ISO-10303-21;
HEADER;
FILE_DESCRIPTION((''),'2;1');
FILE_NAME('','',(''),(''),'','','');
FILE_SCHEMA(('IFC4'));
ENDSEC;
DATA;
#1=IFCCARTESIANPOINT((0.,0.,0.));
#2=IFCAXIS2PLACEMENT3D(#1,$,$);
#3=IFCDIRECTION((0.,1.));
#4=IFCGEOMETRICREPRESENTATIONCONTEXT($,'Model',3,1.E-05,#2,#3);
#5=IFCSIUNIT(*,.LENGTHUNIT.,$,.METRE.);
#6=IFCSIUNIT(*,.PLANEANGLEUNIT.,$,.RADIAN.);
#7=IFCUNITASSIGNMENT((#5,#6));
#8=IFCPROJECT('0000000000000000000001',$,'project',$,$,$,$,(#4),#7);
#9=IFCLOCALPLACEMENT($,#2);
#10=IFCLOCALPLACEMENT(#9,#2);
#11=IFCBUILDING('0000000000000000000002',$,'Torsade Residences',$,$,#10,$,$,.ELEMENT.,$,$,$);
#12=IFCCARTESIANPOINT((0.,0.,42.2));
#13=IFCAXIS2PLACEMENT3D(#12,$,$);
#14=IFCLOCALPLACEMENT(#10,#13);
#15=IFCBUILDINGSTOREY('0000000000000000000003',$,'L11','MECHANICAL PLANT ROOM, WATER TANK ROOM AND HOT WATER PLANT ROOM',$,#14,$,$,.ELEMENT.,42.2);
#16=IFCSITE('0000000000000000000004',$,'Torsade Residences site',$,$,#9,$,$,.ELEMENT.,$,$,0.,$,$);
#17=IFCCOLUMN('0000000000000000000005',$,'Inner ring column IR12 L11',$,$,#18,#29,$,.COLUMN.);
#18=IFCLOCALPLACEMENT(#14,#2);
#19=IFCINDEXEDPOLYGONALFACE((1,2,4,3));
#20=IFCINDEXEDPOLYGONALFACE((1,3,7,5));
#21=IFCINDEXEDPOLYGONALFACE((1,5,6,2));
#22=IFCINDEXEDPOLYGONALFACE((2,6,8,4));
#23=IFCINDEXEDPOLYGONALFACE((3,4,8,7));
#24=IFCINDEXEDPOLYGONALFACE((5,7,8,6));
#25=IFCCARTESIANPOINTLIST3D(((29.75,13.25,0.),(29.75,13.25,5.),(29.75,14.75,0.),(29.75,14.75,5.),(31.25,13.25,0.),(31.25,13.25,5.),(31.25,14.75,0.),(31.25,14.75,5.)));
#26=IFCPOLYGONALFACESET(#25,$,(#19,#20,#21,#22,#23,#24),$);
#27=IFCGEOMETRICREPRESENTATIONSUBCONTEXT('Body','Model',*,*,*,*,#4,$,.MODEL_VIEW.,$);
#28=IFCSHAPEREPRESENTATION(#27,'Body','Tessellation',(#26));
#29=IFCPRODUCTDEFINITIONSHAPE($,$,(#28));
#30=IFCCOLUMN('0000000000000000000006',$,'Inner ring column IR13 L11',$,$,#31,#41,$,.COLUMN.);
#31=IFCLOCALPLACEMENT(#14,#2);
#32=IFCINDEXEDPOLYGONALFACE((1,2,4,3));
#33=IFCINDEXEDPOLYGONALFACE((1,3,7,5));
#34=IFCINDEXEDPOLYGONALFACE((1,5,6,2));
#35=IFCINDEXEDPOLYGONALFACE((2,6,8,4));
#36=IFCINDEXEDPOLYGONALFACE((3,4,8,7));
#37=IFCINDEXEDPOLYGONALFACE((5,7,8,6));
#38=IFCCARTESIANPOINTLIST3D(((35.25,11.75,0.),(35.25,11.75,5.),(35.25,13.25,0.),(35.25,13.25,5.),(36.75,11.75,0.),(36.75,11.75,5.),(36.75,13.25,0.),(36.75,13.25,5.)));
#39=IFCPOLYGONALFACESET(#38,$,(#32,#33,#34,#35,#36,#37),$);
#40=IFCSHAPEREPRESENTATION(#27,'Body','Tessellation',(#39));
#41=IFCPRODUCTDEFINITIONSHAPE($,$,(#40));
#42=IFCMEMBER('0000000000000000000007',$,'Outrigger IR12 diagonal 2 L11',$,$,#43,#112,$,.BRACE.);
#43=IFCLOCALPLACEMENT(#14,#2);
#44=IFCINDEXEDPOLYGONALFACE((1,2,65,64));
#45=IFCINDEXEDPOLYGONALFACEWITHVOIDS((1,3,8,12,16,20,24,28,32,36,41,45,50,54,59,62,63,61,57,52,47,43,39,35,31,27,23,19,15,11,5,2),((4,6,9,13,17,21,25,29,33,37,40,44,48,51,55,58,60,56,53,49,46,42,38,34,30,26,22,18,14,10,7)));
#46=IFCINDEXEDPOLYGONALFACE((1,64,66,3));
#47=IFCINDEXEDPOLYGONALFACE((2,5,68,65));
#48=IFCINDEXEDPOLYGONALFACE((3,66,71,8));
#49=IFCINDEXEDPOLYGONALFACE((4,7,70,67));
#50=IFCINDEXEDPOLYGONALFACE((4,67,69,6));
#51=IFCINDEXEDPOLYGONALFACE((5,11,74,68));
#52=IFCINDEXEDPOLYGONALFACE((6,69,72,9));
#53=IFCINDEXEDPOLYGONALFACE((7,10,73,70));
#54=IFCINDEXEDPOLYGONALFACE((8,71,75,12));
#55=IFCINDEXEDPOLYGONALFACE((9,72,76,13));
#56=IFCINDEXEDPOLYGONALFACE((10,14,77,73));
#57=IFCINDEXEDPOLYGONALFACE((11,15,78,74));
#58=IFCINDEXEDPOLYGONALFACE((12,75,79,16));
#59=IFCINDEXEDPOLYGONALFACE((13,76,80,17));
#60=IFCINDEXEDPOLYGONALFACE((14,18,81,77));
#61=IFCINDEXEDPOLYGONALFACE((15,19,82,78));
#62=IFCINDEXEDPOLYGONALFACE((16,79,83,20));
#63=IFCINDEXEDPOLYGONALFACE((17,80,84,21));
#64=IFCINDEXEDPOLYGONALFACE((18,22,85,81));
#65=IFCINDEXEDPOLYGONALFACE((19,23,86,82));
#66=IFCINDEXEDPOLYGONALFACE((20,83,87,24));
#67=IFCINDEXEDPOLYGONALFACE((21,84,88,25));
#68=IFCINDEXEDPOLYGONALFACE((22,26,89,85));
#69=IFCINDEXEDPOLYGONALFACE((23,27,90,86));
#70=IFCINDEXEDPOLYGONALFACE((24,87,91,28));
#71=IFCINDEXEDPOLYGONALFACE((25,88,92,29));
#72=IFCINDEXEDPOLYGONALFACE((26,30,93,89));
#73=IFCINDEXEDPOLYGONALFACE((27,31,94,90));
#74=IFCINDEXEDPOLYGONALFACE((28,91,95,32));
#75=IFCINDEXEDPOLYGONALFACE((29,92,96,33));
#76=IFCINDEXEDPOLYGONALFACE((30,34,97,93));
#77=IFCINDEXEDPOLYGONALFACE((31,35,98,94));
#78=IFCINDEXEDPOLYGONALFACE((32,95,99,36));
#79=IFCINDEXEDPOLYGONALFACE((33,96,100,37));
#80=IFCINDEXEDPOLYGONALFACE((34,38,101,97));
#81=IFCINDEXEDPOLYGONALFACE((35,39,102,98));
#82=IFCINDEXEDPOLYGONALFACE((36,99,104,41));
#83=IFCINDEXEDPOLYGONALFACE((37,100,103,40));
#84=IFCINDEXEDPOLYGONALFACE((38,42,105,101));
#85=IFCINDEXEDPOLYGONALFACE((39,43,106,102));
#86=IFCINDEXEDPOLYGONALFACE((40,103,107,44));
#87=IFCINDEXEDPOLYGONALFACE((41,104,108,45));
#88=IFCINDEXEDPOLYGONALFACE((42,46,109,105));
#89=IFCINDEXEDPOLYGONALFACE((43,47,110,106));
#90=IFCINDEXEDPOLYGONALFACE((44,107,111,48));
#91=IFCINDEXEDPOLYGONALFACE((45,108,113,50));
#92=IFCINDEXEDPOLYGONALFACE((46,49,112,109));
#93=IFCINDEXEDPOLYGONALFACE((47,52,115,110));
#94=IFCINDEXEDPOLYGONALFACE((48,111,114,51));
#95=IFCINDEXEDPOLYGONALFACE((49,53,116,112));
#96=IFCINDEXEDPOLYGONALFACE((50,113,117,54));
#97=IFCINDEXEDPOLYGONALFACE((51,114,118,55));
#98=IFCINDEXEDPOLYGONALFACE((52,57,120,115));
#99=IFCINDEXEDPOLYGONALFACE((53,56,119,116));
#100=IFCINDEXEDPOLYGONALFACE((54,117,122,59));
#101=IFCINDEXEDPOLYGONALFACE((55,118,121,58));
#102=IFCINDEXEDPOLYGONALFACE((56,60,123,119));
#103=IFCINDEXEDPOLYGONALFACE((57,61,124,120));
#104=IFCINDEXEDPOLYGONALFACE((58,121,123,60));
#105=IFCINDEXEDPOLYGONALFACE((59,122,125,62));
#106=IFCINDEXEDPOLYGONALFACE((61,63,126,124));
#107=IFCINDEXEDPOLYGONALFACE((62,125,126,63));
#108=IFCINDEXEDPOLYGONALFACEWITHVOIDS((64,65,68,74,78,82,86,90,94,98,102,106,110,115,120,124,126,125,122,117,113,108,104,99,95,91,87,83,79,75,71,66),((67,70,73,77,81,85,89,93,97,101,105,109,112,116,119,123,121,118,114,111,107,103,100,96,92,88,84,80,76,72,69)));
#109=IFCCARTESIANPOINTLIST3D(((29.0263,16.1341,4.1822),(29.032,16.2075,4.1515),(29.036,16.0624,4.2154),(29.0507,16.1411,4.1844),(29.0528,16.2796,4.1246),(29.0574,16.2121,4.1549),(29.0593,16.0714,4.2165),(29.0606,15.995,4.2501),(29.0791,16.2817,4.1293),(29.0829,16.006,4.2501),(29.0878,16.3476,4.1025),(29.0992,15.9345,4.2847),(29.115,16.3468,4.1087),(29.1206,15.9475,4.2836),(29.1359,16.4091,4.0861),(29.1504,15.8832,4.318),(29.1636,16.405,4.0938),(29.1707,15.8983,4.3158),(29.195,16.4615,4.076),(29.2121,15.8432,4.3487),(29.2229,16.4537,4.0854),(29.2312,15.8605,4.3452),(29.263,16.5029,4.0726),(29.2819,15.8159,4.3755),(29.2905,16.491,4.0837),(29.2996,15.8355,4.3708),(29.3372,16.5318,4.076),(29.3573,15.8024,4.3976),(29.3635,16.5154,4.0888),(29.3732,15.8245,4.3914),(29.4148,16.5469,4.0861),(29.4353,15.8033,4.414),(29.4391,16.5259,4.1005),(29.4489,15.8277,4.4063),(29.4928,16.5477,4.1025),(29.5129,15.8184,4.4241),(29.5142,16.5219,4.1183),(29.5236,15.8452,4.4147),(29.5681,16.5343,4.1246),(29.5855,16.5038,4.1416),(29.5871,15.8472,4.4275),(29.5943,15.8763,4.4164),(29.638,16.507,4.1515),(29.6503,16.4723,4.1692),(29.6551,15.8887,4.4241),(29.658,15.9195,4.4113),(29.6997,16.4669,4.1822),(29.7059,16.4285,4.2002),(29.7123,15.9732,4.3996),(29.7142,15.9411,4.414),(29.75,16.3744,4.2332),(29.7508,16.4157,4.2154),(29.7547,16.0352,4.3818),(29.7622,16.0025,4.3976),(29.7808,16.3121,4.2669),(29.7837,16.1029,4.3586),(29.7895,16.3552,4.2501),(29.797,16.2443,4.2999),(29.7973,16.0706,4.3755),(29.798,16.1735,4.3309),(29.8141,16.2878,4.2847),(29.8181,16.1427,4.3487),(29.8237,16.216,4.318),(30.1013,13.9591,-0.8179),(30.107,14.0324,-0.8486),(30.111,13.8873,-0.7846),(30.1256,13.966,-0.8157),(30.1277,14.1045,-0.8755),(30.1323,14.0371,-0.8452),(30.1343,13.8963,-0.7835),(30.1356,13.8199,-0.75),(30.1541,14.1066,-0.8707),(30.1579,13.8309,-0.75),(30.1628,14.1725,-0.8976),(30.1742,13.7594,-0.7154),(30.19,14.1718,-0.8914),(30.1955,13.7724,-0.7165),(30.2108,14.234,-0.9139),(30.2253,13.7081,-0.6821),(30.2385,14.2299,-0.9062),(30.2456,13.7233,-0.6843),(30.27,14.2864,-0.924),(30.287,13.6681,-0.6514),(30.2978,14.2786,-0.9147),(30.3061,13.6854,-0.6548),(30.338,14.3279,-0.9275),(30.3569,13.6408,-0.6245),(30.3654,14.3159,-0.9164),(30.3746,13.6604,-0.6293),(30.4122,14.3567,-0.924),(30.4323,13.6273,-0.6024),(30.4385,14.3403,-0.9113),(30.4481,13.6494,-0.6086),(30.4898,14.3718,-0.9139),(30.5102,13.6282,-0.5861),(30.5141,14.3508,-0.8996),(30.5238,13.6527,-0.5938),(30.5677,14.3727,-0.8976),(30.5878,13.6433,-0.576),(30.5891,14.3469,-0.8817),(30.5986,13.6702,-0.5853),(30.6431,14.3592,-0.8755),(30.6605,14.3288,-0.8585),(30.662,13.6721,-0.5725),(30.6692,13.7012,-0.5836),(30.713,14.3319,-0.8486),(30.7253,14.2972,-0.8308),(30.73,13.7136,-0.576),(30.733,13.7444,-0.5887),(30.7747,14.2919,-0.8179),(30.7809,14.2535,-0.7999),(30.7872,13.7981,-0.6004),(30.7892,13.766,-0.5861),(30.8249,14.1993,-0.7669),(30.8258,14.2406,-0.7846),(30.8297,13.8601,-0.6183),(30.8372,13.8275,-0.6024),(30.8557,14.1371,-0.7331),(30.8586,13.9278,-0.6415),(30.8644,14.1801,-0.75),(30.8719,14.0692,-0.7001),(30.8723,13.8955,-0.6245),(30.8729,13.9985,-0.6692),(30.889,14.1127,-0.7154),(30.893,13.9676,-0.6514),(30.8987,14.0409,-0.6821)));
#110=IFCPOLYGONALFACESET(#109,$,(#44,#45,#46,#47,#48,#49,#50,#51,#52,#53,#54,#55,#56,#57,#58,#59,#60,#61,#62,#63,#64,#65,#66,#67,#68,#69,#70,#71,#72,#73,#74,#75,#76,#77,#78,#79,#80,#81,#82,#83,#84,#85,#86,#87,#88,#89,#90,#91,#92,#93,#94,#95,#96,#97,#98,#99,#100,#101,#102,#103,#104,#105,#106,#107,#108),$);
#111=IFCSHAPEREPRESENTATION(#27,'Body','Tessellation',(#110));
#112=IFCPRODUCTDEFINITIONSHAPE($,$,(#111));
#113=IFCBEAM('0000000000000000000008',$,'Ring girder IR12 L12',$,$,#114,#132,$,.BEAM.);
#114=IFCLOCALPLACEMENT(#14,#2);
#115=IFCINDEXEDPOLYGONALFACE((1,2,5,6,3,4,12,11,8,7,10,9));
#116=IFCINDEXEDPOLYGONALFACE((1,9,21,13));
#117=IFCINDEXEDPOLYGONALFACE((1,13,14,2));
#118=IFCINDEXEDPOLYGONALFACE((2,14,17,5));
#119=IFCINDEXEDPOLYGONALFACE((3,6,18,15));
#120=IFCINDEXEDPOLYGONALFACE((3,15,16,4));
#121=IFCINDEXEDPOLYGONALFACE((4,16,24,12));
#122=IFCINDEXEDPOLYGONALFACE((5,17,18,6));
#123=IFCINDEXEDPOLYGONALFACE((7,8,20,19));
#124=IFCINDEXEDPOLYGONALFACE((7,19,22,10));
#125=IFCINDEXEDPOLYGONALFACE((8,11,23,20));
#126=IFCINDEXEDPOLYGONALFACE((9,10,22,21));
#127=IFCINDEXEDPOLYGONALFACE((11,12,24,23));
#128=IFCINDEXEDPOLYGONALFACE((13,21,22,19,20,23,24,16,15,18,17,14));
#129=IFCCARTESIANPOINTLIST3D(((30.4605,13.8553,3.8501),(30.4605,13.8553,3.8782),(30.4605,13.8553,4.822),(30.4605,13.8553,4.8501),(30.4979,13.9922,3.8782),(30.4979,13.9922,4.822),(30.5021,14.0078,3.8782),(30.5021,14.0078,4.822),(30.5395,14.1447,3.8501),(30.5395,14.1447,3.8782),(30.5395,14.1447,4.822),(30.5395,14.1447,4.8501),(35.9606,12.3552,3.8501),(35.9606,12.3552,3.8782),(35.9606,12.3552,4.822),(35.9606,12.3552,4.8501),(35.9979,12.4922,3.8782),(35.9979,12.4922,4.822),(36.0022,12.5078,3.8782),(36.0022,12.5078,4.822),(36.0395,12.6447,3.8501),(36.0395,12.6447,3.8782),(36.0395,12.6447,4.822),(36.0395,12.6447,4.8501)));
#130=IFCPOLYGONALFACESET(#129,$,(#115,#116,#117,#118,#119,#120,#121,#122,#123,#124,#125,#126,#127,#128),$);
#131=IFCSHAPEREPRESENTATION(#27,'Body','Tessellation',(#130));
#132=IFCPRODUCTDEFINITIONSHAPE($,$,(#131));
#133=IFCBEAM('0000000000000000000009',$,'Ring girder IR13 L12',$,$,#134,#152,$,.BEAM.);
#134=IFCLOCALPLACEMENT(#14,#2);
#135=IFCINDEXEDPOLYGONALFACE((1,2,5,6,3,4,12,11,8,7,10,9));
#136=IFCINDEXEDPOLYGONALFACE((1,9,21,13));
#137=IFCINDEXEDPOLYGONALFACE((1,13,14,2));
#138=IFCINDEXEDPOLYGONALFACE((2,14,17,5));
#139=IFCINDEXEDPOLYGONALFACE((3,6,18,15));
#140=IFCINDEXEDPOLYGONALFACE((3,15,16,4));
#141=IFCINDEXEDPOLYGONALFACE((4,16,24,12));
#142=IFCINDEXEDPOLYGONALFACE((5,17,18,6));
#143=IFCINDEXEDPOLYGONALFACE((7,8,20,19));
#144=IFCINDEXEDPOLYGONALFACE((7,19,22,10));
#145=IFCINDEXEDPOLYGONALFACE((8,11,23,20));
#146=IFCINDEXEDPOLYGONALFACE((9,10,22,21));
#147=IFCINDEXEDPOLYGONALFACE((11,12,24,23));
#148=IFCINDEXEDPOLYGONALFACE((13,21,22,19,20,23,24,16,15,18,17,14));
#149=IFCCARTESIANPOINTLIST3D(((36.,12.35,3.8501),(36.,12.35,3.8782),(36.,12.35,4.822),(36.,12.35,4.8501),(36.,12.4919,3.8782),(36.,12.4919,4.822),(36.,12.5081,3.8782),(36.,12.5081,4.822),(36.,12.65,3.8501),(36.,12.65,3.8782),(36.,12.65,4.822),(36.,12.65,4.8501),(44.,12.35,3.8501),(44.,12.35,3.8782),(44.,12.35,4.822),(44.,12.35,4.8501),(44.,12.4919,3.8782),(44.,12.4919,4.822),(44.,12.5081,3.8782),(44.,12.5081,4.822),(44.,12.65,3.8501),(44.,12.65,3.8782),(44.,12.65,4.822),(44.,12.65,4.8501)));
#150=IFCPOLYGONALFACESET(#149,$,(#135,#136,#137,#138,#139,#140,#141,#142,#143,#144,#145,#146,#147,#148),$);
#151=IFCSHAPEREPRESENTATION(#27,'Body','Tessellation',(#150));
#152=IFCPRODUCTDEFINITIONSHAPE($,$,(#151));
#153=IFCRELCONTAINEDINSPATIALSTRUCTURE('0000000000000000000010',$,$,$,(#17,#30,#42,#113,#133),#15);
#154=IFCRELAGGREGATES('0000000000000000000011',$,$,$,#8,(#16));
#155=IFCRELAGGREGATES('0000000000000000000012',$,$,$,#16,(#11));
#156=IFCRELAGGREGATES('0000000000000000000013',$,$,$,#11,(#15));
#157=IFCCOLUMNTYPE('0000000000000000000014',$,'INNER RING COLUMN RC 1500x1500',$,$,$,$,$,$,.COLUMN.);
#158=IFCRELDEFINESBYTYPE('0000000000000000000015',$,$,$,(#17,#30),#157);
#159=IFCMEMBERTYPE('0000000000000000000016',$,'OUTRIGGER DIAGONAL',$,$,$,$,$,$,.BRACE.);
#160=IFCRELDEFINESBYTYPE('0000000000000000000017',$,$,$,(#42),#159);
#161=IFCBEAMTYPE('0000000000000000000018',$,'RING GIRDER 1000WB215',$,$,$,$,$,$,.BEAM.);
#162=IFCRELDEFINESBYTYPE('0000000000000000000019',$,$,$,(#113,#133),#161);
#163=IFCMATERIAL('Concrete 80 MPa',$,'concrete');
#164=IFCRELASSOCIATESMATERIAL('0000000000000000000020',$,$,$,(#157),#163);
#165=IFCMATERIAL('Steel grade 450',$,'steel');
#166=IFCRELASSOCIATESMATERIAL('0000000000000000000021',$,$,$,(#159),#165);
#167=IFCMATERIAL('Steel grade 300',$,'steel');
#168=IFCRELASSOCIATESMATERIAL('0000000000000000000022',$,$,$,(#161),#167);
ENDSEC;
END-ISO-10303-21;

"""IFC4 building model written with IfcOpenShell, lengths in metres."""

from ifc_helpers import new_model, si_unit, direction, frame, origin, origin_2d, place, context, subcontext, project, spatial, rectangle, hollow_circle, i_section, extrude, material, material_profile, profile_set, type_object, element, save


model = new_model("IFC4")

# Units and contexts
model_context = context("Model", 3, precision=1e-05, world=origin(), true_north=direction((0.0, 1.0)))
body_context = subcontext(model_context, "Body", "Model", "MODEL_VIEW")
ifc_project = project(units=[si_unit("LENGTHUNIT", "METRE"), si_unit("PLANEANGLEUNIT", "RADIAN")], contexts=[model_context])

# Site, building, storey
site_placement = place(None, origin())
site = spatial("IfcSite", under=ifc_project, at=site_placement, Name="Torsade Residences site", CompositionType="ELEMENT", RefElevation=0.0)
building_placement = place(site_placement, origin())
building = spatial("IfcBuilding", under=site, at=building_placement, Name="Torsade Residences", CompositionType="ELEMENT")
storey_placement = place(building_placement, frame((0.0, 0.0, 42.2)))
storey = spatial("IfcBuildingStorey", under=building, at=storey_placement, Name="L11", Description="MECHANICAL PLANT ROOM, WATER TANK ROOM AND HOT WATER PLANT ROOM", CompositionType="ELEMENT", Elevation=42.2)

# Columns
ifc_material_1 = material(Name="Concrete 80 MPa", Category="concrete")
ifc_material_profile_1 = material_profile(ifc_material_1, rectangle(XDim=1.5, YDim=1.5, at=origin_2d()), Name="RC 1500x1500")
ifc_profile_set_1 = profile_set([ifc_material_profile_1], Name="Concrete 80 MPa")
column_type = type_object("IfcColumnType", Name="INNER RING COLUMN RC 1500x1500", PredefinedType="COLUMN", material=ifc_profile_set_1)
for number, where, z_axis, x_axis, name in (
    (1, (30.5, 14.0, 0.0), (0.0, 0.0, 1.0), (1.0, 0.0, 0.0), "Inner ring column IR12 L11"),
    (2, (36.0, 12.5, 0.0), (0.0, 0.0, 1.0), (1.0, 0.0, 0.0), "Inner ring column IR13 L11"),
):
    element("IfcColumn", number, at=place(storey_placement, frame(where, z_axis=z_axis, x_axis=x_axis)), inside=storey, type_object=column_type, Name=name, PredefinedType="COLUMN", context=body_context, shape_type="SweptSolid", body=[
        extrude(rectangle(XDim=1.5, YDim=1.5, at=origin_2d()), origin(), (0.0, 0.0, 1.0), 5.0),
    ])

# Member
ifc_material_2 = material(Name="Steel grade 450", Category="steel")
ifc_material_profile_2 = material_profile(ifc_material_2, hollow_circle(Radius=0.4065, WallThickness=0.0249, at=origin_2d()), Name="813.0x25.0CHS")
ifc_profile_set_2 = profile_set([ifc_material_profile_2], Name="Steel grade 450")
member_type_1 = type_object("IfcMemberType", Name="OUTRIGGER DIAGONAL", PredefinedType="BRACE", material=ifc_profile_set_2)
member_1_placement = place(storey_placement, frame((30.5, 14.0, -0.75), z_axis=(-0.193422, 0.391368, 0.899677), x_axis=(-0.896491, -0.443063, 0.0)))
element("IfcMember", 3, at=member_1_placement, inside=storey, type_object=member_type_1, Name="Outrigger IR12 diagonal 2 L11", PredefinedType="BRACE", context=body_context, shape_type="SweptSolid", body=[
    extrude(hollow_circle(Radius=0.4065, WallThickness=0.0249, at=origin_2d()), origin(), (0.0, 0.0, 1.0), 5.5576),
])

# Beams
ifc_material_3 = material(Name="Steel grade 300", Category="steel")
ifc_material_profile_3 = material_profile(ifc_material_3, i_section(OverallWidth=0.3, OverallDepth=1.0, WebThickness=0.0161, FlangeThickness=0.0281, at=origin_2d()), Name="1000WB215")
ifc_profile_set_3 = profile_set([ifc_material_profile_3], Name="Steel grade 300")
beam_type_1 = type_object("IfcBeamType", Name="RING GIRDER 1000WB215", PredefinedType="BEAM", material=ifc_profile_set_3)
beam_1_placement = place(storey_placement, frame((30.5, 14.0, 4.3501), z_axis=(0.964764, -0.263117, 0.0), x_axis=(0.263117, 0.964764, 0.0)))
element("IfcBeam", 4, at=beam_1_placement, inside=storey, type_object=beam_type_1, Name="Ring girder IR12 L12", PredefinedType="BEAM", context=body_context, shape_type="SweptSolid", body=[
    extrude(i_section(OverallWidth=0.3, OverallDepth=1.0, WebThickness=0.0161, FlangeThickness=0.0281, at=origin_2d()), origin(), (0.0, 0.0, 1.0), 5.7009),
])
beam_2_placement = place(storey_placement, frame((36.0, 12.5, 4.3501), z_axis=(1.0, 0.0, 0.0), x_axis=(0.0, 1.0, 0.0)))
element("IfcBeam", 5, at=beam_2_placement, inside=storey, type_object=beam_type_1, Name="Ring girder IR13 L12", PredefinedType="BEAM", context=body_context, shape_type="SweptSolid", body=[
    extrude(i_section(OverallWidth=0.3, OverallDepth=1.0, WebThickness=0.0161, FlangeThickness=0.0281, at=origin_2d()), origin(), (0.0, 0.0, 1.0), 8.0),
])

save(model, "model.ifc")
